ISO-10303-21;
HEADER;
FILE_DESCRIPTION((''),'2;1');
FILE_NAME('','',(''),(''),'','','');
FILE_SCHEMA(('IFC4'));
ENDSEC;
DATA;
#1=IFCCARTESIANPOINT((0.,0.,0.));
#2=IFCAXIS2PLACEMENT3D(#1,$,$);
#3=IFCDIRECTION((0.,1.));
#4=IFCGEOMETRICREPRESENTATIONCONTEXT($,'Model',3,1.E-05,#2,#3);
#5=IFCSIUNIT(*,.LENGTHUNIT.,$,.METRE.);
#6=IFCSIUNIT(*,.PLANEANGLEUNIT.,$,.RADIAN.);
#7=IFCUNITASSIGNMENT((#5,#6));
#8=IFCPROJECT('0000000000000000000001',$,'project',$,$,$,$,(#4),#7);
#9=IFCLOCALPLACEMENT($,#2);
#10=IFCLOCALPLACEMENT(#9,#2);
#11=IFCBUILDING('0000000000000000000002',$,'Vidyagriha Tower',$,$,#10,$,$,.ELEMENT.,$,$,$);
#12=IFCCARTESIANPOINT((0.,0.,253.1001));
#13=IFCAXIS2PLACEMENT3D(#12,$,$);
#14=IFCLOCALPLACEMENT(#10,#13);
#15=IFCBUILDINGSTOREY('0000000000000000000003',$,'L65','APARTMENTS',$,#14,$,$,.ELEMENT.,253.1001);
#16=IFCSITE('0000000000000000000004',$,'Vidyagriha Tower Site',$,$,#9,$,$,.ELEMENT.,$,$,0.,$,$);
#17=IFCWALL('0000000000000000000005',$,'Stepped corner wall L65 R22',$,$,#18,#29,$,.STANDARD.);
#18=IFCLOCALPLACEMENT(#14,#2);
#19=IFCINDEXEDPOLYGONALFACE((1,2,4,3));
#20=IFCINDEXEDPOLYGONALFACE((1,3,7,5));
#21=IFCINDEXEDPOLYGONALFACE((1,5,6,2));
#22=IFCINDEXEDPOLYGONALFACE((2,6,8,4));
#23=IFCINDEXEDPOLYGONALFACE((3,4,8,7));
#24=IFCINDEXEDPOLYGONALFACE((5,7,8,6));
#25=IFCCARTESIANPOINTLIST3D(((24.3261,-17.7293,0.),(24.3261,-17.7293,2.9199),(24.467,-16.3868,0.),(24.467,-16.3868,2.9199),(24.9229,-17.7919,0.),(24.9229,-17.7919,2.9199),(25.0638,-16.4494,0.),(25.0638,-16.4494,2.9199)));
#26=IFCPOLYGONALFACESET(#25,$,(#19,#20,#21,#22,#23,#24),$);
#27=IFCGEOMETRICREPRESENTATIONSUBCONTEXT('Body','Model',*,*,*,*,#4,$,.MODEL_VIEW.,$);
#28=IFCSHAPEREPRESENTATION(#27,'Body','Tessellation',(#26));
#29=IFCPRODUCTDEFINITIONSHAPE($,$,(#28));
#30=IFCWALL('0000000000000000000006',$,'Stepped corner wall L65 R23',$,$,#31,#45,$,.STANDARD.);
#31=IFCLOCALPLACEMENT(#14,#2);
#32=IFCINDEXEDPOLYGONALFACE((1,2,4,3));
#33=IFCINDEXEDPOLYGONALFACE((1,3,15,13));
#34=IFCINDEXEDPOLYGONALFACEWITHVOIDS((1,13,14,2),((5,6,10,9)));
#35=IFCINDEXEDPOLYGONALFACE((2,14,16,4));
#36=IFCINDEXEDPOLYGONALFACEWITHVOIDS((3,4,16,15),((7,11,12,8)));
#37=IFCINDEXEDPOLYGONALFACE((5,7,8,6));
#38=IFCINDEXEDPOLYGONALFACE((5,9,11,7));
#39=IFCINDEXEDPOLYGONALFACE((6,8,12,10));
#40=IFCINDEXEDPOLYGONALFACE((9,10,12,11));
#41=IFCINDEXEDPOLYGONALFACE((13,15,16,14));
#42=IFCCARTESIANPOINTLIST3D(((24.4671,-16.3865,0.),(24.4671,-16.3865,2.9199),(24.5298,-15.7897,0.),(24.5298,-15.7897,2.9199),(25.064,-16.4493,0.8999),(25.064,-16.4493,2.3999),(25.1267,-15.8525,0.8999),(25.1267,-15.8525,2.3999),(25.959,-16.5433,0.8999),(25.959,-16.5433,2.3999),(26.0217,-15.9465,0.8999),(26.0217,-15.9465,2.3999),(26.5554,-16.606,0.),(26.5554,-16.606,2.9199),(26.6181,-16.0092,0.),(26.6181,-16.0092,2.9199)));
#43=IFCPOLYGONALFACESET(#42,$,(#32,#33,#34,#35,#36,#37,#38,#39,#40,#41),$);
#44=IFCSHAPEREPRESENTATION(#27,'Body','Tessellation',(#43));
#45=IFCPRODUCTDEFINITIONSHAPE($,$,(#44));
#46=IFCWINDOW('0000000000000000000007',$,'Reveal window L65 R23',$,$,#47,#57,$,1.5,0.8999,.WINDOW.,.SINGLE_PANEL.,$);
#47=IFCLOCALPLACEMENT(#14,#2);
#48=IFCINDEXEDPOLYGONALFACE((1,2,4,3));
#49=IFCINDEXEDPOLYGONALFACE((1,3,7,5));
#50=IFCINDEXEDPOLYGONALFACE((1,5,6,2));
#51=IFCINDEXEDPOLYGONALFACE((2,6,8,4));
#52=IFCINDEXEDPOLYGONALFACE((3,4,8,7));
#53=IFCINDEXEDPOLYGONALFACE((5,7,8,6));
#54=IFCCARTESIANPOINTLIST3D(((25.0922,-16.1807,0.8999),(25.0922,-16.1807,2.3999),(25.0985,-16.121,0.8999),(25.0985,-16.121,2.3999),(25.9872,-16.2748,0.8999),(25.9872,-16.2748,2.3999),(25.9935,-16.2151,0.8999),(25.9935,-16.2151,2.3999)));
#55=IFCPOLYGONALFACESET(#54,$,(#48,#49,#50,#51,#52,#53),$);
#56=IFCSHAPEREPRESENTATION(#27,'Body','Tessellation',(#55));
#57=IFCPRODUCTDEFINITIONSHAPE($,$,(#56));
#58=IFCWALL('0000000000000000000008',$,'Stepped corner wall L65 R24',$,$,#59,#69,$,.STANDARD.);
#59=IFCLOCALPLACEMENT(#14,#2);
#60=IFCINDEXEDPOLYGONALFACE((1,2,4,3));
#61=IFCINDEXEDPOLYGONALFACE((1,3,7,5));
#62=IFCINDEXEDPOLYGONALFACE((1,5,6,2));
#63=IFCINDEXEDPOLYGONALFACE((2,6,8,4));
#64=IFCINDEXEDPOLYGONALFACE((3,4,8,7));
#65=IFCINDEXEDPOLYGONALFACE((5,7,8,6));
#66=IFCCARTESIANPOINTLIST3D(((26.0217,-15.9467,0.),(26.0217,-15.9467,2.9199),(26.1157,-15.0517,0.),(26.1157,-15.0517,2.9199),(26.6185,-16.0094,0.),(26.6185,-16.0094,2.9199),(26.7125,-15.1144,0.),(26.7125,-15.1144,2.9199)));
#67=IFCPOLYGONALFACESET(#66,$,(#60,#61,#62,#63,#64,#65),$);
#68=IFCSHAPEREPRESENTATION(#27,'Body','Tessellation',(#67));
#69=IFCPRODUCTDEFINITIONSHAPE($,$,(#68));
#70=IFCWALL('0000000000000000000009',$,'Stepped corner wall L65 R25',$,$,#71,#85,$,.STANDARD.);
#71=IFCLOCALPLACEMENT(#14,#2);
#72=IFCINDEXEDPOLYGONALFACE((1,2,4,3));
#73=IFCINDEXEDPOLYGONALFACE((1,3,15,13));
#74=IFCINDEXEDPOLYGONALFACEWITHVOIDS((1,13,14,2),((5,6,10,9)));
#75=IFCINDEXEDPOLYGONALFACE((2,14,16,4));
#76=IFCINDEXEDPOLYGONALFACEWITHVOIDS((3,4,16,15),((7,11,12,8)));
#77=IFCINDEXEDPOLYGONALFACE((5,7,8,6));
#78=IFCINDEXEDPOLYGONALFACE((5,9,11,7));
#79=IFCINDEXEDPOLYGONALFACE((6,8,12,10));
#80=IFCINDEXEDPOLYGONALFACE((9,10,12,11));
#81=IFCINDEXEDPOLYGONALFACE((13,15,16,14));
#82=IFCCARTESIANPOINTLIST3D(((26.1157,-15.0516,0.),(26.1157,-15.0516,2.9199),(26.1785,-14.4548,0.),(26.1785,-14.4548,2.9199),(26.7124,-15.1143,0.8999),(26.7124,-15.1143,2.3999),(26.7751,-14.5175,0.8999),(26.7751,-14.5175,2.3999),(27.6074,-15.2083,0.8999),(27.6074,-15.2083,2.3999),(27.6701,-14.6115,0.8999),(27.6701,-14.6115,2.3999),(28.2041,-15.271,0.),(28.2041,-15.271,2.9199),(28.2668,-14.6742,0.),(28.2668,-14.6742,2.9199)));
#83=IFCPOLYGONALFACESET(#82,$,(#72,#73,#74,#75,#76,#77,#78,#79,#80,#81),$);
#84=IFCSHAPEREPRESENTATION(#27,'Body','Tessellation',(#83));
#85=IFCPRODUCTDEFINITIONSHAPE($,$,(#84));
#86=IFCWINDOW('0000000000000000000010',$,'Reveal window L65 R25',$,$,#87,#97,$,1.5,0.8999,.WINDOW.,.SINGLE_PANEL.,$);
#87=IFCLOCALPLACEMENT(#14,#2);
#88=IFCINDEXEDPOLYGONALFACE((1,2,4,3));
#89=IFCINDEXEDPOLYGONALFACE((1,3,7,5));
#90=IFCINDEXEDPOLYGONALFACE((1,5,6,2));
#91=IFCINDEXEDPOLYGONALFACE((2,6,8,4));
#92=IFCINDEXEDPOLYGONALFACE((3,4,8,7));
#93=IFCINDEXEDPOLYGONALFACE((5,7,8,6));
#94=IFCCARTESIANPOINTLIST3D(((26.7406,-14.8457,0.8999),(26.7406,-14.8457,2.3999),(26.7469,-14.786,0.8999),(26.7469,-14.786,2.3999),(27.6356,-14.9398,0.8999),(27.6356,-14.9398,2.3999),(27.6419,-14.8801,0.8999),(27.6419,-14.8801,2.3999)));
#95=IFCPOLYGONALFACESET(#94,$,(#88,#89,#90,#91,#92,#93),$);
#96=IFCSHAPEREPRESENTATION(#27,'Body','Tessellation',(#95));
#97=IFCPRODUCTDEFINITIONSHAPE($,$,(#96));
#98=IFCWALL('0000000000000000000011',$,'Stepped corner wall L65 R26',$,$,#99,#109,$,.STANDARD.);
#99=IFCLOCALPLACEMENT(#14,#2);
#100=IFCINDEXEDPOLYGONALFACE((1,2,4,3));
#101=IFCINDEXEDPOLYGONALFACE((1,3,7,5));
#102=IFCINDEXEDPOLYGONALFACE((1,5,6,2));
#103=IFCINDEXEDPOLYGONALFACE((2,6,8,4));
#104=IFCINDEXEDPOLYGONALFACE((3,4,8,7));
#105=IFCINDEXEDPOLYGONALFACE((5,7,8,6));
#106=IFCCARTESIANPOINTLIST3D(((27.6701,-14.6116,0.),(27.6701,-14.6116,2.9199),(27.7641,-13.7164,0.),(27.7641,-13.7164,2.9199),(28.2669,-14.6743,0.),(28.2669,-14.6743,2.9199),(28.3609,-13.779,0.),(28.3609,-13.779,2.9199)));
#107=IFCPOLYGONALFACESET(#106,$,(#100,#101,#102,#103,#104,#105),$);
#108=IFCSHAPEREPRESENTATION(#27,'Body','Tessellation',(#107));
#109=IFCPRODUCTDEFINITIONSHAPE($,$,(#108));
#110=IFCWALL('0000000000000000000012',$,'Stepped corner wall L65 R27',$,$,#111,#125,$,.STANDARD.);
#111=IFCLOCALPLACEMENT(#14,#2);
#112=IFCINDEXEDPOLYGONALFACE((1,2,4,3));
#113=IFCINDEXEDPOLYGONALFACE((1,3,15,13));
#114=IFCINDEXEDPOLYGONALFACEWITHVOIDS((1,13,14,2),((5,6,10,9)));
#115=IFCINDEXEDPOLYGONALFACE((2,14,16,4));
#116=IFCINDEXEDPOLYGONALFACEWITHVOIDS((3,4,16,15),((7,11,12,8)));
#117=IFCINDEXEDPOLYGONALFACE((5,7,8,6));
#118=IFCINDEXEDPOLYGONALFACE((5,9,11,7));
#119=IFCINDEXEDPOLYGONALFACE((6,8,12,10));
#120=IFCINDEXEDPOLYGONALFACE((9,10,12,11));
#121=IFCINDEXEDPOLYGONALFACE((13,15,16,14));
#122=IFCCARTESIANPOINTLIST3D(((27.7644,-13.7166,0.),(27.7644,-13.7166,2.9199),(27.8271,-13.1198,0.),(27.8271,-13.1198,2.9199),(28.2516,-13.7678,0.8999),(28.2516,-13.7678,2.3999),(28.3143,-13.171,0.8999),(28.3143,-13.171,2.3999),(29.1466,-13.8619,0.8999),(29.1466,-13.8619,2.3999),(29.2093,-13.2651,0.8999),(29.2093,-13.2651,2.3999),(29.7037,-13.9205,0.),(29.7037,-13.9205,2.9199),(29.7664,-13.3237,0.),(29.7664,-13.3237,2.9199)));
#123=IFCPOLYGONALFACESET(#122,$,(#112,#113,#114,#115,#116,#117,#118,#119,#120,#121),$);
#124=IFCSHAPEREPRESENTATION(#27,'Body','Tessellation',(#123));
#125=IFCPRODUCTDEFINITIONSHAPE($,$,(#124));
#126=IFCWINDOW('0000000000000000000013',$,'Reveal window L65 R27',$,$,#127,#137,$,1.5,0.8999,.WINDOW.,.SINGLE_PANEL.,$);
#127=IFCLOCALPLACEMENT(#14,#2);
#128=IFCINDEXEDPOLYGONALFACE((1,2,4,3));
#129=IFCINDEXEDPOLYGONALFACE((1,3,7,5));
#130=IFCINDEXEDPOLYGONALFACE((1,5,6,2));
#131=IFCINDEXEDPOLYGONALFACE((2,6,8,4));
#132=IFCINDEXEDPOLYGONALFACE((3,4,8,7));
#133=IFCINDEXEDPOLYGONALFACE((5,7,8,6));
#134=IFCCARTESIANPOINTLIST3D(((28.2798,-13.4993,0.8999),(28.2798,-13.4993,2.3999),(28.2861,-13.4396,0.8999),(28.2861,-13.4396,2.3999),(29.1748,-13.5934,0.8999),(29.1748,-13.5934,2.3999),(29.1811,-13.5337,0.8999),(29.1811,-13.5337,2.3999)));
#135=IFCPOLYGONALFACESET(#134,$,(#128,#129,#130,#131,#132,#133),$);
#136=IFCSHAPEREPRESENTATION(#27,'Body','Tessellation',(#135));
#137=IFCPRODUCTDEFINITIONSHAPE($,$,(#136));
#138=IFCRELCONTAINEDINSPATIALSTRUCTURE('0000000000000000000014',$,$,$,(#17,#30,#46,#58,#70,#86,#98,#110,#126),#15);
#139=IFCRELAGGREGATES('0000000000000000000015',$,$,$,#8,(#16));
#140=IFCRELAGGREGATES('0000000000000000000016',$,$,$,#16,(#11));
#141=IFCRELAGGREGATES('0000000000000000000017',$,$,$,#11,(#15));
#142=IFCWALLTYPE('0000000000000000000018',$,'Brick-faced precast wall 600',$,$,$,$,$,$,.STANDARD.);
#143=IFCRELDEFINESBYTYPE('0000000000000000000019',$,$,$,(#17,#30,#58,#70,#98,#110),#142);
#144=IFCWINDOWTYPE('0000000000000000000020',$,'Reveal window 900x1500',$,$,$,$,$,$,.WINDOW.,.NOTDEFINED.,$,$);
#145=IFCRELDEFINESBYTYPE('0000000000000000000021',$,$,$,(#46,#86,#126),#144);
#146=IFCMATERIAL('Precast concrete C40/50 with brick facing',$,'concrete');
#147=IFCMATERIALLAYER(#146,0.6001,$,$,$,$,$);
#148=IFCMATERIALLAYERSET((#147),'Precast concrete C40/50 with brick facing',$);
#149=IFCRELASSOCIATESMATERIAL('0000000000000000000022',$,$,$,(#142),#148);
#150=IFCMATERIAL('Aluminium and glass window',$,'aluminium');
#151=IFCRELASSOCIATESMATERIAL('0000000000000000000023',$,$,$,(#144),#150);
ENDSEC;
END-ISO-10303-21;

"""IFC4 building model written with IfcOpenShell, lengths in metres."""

from ifc_helpers import new_model, si_unit, direction, frame, frame_2d, origin, place, context, subcontext, project, spatial, rectangle, extrude, material, layer, layer_set, type_object, element, fill, save


model = new_model("IFC4")

# Units and contexts
model_context = context("Model", 3, precision=1e-05, world=origin(), true_north=direction((0.0, 1.0)))
body_context = subcontext(model_context, "Body", "Model", "MODEL_VIEW")
ifc_project = project(units=[si_unit("LENGTHUNIT", "METRE"), si_unit("PLANEANGLEUNIT", "RADIAN")], contexts=[model_context])

# Site, building, storey
site_placement = place(None, origin())
site = spatial("IfcSite", under=ifc_project, at=site_placement, Name="Vidyagriha Tower Site", CompositionType="ELEMENT", RefElevation=0.0)
building_placement = place(site_placement, origin())
building = spatial("IfcBuilding", under=site, at=building_placement, Name="Vidyagriha Tower", CompositionType="ELEMENT")
storey_placement = place(building_placement, frame((0.0, 0.0, 253.1001)))
storey = spatial("IfcBuildingStorey", under=building, at=storey_placement, Name="L65", Description="APARTMENTS", CompositionType="ELEMENT", Elevation=253.1001)

# Wall
ifc_material_1 = material(Name="Precast concrete C40/50 with brick facing", Category="concrete")
ifc_layer_1 = layer(ifc_material_1, 0.6001)
ifc_layer_set_1 = layer_set([ifc_layer_1], Name="Precast concrete C40/50 with brick facing")
wall_type_1 = type_object("IfcWallType", Name="Brick-faced precast wall 600", PredefinedType="STANDARD", material=ifc_layer_set_1)
wall_1_placement = place(storey_placement, frame((24.6245, -17.7605, 0.0), z_axis=(0.0, 0.0, 1.0), x_axis=(0.104355, 0.99454, 0.0)))
element("IfcWall", 1, at=wall_1_placement, inside=storey, type_object=wall_type_1, Name="Stepped corner wall L65 R22", PredefinedType="STANDARD", context=body_context, shape_type="SweptSolid", body=[
    extrude(rectangle(XDim=1.3499, YDim=0.6001, at=frame_2d((0.6748, 0.0))), origin(), (0.0, 0.0, 1.0), 2.9199),
])

# Wall, opening, window
wall_2_placement = place(storey_placement, frame((24.4985, -16.0881, 0.0), z_axis=(0.0, 0.0, 1.0), x_axis=(0.994523, -0.104521, 0.0)))
wall_2 = element("IfcWall", 2, at=wall_2_placement, inside=storey, type_object=wall_type_1, Name="Stepped corner wall L65 R23", PredefinedType="STANDARD", context=body_context, shape_type="SweptSolid", body=[
    extrude(rectangle(XDim=2.0999, YDim=0.6001, at=frame_2d((1.0498, 0.0))), origin(), (0.0, 0.0, 1.0), 2.9199),
])
opening_1_placement = place(wall_2_placement, frame((0.6001, 0.0, 0.8999)))
opening_1 = element("IfcOpeningElement", 3, at=opening_1_placement, cuts=wall_2, PredefinedType="OPENING", context=body_context, shape_type="SweptSolid", body=[
    extrude(rectangle(XDim=0.8999, YDim=1.5, at=frame_2d((0.45, 0.75))), frame((0.0, 0.3101, 0.0), z_axis=(0.0, -1.0, 0.0), x_axis=(1.0, 0.0, 0.0)), (0.0, 0.0, 1.0), 0.6201),
])
ifc_material_2 = material(Name="Aluminium and glass window", Category="aluminium")
window_type = type_object("IfcWindowType", Name="Reveal window 900x1500", PartitioningType="NOTDEFINED", PredefinedType="WINDOW", material=ifc_material_2)
window_1_placement = place(opening_1_placement, origin())
window_1 = element("IfcWindow", 4, at=window_1_placement, inside=storey, type_object=window_type, Name="Reveal window L65 R23", OverallHeight=1.5, OverallWidth=0.8999, PartitioningType="SINGLE_PANEL", PredefinedType="WINDOW", context=body_context, shape_type="SweptSolid", body=[
    extrude(rectangle(XDim=0.8999, YDim=1.5, at=frame_2d((0.45, 0.75))), frame((0.0, 0.03, 0.0), z_axis=(0.0, -1.0, 0.0), x_axis=(1.0, 0.0, 0.0)), (0.0, 0.0, 1.0), 0.0601),
])
fill(opening_1, window_1)

# Wall
wall_3_placement = place(storey_placement, frame((26.3201, -15.978, 0.0), z_axis=(0.0, 0.0, 1.0), x_axis=(0.104445, 0.994531, 0.0)))
element("IfcWall", 5, at=wall_3_placement, inside=storey, type_object=wall_type_1, Name="Stepped corner wall L65 R24", PredefinedType="STANDARD", context=body_context, shape_type="SweptSolid", body=[
    extrude(rectangle(XDim=0.8999, YDim=0.6001, at=frame_2d((0.45, 0.0))), origin(), (0.0, 0.0, 1.0), 2.9199),
])

# Wall, opening, window
wall_4_placement = place(storey_placement, frame((26.1472, -14.7532, 0.0), z_axis=(0.0, 0.0, 1.0), x_axis=(0.994523, -0.104521, 0.0)))
wall_4 = element("IfcWall", 6, at=wall_4_placement, inside=storey, type_object=wall_type_1, Name="Stepped corner wall L65 R25", PredefinedType="STANDARD", context=body_context, shape_type="SweptSolid", body=[
    extrude(rectangle(XDim=2.0999, YDim=0.6001, at=frame_2d((1.0498, 0.0))), origin(), (0.0, 0.0, 1.0), 2.9199),
])
opening_2_placement = place(wall_4_placement, frame((0.5999, 0.0, 0.8999)))
opening_2 = element("IfcOpeningElement", 7, at=opening_2_placement, cuts=wall_4, PredefinedType="OPENING", context=body_context, shape_type="SweptSolid", body=[
    extrude(rectangle(XDim=0.8999, YDim=1.5, at=frame_2d((0.45, 0.75))), frame((0.0, 0.3101, 0.0), z_axis=(0.0, -1.0, 0.0), x_axis=(1.0, 0.0, 0.0)), (0.0, 0.0, 1.0), 0.6201),
])
window_2_placement = place(opening_2_placement, origin())
window_2 = element("IfcWindow", 8, at=window_2_placement, inside=storey, type_object=window_type, Name="Reveal window L65 R25", OverallHeight=1.5, OverallWidth=0.8999, PartitioningType="SINGLE_PANEL", PredefinedType="WINDOW", context=body_context, shape_type="SweptSolid", body=[
    extrude(rectangle(XDim=0.8999, YDim=1.5, at=frame_2d((0.45, 0.75))), frame((0.0, 0.03, 0.0), z_axis=(0.0, -1.0, 0.0), x_axis=(1.0, 0.0, 0.0)), (0.0, 0.0, 1.0), 0.0601),
])
fill(opening_2, window_2)

# Wall
wall_5_placement = place(storey_placement, frame((27.9685, -14.6431, 0.0), z_axis=(0.0, 0.0, 1.0), x_axis=(0.104417, 0.994534, 0.0)))
element("IfcWall", 9, at=wall_5_placement, inside=storey, type_object=wall_type_1, Name="Stepped corner wall L65 R26", PredefinedType="STANDARD", context=body_context, shape_type="SweptSolid", body=[
    extrude(rectangle(XDim=0.9001, YDim=0.6001, at=frame_2d((0.4502, 0.0))), origin(), (0.0, 0.0, 1.0), 2.9199),
])

# Wall, opening, window
wall_6_placement = place(storey_placement, frame((27.7957, -13.4182, 0.0), z_axis=(0.0, 0.0, 1.0), x_axis=(0.99452, -0.104548, 0.0)))
wall_6 = element("IfcWall", 10, at=wall_6_placement, inside=storey, type_object=wall_type_1, Name="Stepped corner wall L65 R27", PredefinedType="STANDARD", context=body_context, shape_type="SweptSolid", body=[
    extrude(rectangle(XDim=1.95, YDim=0.6001, at=frame_2d((0.9751, 0.0))), origin(), (0.0, 0.0, 1.0), 2.9199),
])
opening_3_placement = place(wall_6_placement, frame((0.49, 0.0, 0.8999)))
opening_3 = element("IfcOpeningElement", 11, at=opening_3_placement, cuts=wall_6, PredefinedType="OPENING", context=body_context, shape_type="SweptSolid", body=[
    extrude(rectangle(XDim=0.8999, YDim=1.5, at=frame_2d((0.45, 0.75))), frame((0.0, 0.3101, 0.0), z_axis=(0.0, -1.0, 0.0), x_axis=(1.0, 0.0, 0.0)), (0.0, 0.0, 1.0), 0.6201),
])
window_3_placement = place(opening_3_placement, origin())
window_3 = element("IfcWindow", 12, at=window_3_placement, inside=storey, type_object=window_type, Name="Reveal window L65 R27", OverallHeight=1.5, OverallWidth=0.8999, PartitioningType="SINGLE_PANEL", PredefinedType="WINDOW", context=body_context, shape_type="SweptSolid", body=[
    extrude(rectangle(XDim=0.8999, YDim=1.5, at=frame_2d((0.45, 0.75))), frame((0.0, 0.03, 0.0), z_axis=(0.0, -1.0, 0.0), x_axis=(1.0, 0.0, 0.0)), (0.0, 0.0, 1.0), 0.0601),
])
fill(opening_3, window_3)

save(model, "model.ifc")
